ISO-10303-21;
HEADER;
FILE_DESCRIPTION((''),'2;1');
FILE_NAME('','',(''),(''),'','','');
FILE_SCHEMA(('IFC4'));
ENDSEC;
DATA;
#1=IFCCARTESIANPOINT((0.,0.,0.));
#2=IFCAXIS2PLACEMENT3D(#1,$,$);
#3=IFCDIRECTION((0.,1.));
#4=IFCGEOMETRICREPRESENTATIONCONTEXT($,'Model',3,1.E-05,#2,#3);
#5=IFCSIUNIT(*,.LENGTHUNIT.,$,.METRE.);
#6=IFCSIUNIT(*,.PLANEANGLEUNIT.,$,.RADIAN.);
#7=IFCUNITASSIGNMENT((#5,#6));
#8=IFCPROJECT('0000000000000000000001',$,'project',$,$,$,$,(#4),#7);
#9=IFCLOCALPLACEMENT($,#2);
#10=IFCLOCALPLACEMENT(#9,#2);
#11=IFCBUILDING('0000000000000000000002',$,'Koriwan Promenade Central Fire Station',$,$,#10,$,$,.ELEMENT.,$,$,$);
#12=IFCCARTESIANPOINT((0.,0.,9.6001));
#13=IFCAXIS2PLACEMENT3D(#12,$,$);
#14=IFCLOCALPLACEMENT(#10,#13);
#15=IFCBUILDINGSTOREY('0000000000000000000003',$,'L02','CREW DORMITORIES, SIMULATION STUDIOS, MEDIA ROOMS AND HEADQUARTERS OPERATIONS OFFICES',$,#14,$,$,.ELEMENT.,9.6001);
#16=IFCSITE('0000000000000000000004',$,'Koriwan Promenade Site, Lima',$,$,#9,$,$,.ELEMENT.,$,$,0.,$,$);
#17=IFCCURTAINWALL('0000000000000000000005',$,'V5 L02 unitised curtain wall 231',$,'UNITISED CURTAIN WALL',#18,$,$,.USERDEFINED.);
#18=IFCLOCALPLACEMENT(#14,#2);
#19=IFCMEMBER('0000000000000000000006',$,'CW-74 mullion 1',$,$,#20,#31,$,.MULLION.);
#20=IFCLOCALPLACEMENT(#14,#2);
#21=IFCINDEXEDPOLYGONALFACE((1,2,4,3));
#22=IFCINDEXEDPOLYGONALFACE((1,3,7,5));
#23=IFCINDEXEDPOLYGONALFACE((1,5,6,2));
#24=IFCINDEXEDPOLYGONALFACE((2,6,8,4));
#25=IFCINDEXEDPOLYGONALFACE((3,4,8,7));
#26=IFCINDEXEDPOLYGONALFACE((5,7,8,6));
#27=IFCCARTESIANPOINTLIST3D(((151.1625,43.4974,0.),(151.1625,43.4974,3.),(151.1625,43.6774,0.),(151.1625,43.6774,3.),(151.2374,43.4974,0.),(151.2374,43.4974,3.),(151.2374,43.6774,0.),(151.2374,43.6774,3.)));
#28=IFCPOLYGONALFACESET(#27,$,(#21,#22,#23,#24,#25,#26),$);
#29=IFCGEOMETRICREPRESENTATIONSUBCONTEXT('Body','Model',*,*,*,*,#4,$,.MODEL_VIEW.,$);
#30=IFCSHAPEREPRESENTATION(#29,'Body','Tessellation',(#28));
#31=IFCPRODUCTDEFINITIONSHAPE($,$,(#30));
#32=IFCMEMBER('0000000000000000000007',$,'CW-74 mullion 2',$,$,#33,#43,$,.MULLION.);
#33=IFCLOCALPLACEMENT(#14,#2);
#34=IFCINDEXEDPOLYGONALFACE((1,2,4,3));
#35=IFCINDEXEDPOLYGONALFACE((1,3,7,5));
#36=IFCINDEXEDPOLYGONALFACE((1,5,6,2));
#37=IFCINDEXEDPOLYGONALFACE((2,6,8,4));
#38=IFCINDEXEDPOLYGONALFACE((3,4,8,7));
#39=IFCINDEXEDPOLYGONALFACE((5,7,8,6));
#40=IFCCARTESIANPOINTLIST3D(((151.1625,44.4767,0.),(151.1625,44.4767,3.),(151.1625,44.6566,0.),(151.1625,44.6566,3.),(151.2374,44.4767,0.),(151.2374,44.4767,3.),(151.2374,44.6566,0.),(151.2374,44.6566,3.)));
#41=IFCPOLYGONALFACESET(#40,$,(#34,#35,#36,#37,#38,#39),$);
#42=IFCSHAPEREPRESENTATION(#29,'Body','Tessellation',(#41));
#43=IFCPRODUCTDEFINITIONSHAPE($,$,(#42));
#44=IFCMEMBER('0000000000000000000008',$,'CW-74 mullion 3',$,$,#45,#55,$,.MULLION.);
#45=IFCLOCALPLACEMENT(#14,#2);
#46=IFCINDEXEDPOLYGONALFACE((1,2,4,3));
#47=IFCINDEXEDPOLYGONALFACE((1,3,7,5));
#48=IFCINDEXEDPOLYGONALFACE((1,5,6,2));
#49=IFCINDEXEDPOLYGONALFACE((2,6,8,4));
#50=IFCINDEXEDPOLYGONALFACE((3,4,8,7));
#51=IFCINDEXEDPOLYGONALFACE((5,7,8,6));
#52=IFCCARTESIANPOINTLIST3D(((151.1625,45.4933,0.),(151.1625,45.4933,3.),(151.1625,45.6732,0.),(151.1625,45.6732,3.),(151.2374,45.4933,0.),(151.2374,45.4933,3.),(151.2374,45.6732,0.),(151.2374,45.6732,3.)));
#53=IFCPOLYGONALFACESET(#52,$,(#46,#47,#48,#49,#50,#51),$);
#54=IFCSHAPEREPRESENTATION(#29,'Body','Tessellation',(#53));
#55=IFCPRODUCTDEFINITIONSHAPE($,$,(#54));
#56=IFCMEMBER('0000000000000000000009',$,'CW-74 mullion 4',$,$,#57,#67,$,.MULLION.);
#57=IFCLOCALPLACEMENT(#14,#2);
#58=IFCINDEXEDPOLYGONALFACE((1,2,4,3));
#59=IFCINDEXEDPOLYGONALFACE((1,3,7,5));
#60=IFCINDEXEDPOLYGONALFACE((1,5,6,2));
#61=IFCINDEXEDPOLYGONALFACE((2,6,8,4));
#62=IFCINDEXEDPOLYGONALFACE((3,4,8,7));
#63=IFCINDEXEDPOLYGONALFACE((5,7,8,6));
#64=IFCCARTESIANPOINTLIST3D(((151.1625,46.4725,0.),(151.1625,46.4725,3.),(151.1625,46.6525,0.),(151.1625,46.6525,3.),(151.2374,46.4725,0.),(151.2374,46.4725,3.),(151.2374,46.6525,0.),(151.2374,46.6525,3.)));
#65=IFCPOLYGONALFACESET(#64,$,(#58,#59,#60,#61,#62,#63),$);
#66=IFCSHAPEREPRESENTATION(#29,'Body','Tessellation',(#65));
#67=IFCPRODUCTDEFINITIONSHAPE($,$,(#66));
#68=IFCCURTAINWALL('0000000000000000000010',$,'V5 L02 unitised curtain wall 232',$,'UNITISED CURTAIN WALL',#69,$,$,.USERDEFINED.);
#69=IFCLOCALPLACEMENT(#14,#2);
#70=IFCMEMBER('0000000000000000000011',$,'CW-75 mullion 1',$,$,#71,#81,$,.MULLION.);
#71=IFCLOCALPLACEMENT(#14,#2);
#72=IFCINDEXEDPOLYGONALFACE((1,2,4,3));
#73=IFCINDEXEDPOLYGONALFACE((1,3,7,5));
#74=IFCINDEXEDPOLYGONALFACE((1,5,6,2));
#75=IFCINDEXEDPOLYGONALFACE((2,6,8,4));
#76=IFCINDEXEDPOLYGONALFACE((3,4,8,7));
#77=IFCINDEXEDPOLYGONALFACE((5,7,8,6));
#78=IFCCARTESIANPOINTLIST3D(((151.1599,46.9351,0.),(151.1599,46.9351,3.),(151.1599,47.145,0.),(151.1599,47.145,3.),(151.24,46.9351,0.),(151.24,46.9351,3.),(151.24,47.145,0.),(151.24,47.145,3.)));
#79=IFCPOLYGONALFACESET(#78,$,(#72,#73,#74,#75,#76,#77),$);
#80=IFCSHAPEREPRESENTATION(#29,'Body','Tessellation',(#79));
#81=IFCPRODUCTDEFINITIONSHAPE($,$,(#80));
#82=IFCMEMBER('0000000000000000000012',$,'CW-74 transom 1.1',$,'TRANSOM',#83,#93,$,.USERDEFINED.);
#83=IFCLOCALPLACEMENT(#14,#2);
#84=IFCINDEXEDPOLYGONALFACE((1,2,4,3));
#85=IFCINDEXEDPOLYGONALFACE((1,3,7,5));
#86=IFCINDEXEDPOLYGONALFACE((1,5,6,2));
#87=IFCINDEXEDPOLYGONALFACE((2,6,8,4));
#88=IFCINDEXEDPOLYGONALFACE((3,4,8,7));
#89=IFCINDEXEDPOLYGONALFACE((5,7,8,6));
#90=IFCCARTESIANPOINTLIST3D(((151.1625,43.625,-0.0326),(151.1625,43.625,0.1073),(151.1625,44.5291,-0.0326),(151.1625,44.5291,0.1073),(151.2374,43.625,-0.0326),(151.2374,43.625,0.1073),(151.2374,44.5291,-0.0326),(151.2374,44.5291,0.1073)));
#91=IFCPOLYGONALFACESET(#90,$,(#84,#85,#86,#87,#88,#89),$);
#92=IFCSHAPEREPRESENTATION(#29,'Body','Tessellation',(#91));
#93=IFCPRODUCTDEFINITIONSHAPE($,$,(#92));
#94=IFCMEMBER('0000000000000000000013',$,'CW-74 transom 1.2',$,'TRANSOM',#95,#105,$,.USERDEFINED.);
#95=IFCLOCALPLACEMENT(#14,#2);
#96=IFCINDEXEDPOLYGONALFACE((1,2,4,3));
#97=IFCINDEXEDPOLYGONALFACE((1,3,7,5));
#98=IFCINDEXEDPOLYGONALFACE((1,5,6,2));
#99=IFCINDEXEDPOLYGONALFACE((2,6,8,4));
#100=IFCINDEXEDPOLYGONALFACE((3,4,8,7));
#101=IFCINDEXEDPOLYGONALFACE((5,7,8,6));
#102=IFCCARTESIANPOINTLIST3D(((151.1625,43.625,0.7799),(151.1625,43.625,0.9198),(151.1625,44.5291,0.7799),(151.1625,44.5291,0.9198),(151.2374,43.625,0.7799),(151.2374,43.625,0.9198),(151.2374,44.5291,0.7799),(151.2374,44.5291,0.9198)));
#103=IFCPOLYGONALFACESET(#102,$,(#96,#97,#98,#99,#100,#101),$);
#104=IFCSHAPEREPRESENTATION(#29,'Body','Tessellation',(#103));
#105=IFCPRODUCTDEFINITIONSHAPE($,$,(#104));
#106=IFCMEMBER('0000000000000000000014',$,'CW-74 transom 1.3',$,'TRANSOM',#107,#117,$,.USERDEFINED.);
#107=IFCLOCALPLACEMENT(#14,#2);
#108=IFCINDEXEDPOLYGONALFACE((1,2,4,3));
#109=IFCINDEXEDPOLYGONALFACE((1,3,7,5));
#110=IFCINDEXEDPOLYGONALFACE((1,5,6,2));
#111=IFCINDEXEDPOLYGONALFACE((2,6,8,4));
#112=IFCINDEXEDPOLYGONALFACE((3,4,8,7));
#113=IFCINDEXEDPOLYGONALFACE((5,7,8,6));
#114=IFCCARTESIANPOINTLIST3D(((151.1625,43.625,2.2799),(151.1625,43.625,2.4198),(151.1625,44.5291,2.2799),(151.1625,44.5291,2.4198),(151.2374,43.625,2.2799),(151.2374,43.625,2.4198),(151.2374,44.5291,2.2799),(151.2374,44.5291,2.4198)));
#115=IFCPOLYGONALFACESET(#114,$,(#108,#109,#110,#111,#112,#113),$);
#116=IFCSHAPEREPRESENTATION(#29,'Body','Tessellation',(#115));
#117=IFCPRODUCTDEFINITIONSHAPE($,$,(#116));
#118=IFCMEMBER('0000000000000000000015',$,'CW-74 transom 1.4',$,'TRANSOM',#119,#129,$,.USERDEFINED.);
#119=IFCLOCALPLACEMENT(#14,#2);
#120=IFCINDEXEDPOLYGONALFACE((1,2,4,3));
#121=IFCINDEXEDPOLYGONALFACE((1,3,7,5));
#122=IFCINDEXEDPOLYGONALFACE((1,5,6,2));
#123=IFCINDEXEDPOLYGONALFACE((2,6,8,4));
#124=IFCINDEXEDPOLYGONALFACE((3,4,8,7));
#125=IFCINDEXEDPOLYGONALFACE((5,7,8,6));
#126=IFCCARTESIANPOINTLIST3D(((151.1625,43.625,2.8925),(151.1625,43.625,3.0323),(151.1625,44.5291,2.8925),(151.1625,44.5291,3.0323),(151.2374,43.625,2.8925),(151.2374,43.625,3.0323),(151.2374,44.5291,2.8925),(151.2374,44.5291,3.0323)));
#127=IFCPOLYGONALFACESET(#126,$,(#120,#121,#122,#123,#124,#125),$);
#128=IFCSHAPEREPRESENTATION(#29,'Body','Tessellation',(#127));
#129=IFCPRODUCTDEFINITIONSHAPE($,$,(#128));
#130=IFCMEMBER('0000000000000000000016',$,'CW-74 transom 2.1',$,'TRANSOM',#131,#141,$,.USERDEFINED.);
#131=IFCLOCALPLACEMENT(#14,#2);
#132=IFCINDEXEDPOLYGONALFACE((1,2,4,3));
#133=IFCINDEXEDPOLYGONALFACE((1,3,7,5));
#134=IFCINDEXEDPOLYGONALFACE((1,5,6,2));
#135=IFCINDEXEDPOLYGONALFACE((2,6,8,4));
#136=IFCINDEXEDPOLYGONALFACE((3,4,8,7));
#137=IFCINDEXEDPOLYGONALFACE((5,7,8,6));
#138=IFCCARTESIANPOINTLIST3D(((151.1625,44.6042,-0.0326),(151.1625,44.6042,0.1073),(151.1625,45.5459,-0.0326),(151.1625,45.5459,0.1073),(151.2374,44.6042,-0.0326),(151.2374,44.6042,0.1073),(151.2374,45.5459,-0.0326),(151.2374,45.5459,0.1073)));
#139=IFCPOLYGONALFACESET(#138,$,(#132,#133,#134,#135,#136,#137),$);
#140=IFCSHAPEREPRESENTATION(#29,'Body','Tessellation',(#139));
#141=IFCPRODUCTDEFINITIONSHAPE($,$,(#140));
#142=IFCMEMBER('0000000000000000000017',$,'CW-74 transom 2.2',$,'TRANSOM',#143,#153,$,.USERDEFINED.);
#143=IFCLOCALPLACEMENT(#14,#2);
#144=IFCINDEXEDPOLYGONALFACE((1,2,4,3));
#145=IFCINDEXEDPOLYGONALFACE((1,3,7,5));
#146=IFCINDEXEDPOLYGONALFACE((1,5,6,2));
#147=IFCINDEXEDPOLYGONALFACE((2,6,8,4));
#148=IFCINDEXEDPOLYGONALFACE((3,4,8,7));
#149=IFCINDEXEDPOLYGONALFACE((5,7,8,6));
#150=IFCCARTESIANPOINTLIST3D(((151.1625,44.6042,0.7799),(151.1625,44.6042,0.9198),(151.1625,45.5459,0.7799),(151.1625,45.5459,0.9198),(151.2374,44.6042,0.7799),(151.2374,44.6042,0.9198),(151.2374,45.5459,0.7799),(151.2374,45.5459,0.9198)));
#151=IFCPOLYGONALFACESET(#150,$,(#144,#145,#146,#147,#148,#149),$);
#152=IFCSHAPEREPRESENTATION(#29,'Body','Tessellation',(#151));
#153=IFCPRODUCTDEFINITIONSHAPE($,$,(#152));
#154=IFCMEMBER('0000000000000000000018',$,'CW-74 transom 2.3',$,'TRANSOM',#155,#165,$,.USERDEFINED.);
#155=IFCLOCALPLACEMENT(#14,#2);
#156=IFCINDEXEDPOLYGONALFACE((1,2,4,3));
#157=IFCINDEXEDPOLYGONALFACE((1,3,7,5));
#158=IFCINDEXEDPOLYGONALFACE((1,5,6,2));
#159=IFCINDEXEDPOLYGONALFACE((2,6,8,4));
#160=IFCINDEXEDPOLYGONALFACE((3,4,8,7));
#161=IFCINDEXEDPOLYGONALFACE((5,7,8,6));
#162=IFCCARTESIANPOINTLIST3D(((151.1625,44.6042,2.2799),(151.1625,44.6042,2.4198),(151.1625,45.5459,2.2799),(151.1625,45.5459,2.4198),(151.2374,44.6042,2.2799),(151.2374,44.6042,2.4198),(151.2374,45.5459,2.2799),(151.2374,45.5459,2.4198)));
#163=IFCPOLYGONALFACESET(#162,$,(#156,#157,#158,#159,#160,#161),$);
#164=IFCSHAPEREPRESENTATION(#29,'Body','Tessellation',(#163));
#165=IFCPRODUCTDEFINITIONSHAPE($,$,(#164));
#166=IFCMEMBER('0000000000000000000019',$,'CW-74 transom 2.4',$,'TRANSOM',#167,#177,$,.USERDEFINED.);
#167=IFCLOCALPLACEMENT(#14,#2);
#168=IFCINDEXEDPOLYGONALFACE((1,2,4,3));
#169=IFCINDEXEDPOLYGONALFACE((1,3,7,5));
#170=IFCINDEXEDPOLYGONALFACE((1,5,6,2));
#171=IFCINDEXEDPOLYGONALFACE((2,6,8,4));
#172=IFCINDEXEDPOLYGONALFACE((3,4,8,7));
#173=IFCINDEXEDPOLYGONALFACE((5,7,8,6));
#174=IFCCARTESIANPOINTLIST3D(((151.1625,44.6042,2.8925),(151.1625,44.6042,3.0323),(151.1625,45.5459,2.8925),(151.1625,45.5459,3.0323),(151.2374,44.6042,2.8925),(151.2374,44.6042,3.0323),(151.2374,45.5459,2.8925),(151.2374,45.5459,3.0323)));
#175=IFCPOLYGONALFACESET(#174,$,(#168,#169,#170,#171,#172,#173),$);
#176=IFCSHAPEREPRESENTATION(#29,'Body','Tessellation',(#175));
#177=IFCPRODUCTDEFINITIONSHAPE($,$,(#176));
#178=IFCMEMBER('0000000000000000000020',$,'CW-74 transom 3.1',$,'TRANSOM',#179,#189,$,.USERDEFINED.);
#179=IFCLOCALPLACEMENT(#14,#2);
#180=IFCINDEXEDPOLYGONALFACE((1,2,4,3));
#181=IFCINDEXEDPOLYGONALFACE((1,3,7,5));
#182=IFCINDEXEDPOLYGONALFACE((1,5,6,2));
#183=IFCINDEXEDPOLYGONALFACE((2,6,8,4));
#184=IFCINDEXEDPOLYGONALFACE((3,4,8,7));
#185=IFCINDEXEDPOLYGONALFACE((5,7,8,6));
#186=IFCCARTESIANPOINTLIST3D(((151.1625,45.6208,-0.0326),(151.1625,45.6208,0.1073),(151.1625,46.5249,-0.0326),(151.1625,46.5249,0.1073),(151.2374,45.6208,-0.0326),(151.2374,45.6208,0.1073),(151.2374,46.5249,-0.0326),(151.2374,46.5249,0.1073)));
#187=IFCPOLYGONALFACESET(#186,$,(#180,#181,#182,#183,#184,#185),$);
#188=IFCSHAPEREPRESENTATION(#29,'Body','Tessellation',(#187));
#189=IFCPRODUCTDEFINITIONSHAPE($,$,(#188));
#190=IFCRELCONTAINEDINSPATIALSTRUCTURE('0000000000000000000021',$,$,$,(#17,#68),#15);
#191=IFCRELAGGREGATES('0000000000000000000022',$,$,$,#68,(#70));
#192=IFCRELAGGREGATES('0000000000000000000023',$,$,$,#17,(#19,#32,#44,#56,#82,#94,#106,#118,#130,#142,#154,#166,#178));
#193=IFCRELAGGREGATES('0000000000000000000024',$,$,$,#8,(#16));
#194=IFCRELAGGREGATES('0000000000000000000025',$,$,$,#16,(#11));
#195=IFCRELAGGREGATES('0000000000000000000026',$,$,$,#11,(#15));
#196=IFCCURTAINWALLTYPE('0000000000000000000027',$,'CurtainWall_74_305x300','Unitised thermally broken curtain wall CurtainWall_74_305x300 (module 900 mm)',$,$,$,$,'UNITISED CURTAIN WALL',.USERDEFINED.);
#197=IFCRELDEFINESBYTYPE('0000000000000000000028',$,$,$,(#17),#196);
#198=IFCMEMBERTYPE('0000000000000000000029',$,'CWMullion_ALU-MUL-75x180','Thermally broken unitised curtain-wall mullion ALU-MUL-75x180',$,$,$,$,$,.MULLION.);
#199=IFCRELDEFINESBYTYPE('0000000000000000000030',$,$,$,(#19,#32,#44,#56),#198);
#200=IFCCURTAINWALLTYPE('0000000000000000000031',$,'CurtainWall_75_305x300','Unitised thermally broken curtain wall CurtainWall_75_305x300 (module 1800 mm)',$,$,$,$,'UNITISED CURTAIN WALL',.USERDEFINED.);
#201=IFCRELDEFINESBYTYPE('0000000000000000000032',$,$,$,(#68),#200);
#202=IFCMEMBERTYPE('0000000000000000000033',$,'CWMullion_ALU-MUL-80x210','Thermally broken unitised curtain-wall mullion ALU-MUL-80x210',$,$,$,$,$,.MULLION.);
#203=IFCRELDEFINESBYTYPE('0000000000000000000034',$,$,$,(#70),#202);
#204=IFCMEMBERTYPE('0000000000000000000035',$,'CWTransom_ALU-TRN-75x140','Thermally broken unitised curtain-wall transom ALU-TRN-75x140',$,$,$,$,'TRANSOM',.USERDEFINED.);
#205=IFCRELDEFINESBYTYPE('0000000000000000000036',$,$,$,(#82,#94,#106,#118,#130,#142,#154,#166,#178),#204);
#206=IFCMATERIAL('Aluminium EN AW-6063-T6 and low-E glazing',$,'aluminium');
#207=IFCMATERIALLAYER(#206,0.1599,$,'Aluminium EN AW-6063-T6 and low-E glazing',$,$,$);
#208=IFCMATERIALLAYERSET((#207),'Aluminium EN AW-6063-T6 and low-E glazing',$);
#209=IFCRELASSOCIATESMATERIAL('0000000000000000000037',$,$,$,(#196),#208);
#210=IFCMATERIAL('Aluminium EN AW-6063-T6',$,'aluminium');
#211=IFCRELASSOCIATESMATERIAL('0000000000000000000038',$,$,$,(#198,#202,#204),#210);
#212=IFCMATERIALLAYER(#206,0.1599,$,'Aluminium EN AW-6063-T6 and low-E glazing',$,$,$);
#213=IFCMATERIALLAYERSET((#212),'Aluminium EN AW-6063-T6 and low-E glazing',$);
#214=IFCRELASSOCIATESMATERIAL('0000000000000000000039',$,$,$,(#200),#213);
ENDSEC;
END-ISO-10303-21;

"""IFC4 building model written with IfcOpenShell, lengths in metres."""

from ifc_helpers import new_model, si_unit, direction, frame, origin, origin_2d, place, context, subcontext, project, spatial, rectangle, extrude, material, layer, layer_set, material_profile, profile_set, type_object, element, aggregate, save


model = new_model("IFC4")

# Units and contexts
model_context = context("Model", 3, precision=1e-05, world=origin(), true_north=direction((0.0, 1.0)))
body_context = subcontext(model_context, "Body", "Model", "MODEL_VIEW")
ifc_project = project(units=[si_unit("LENGTHUNIT", "METRE"), si_unit("PLANEANGLEUNIT", "RADIAN")], contexts=[model_context])

# Site, building, storey
site_placement = place(None, origin())
site = spatial("IfcSite", under=ifc_project, at=site_placement, Name="Koriwan Promenade Site, Lima", CompositionType="ELEMENT", RefElevation=0.0)
building_placement = place(site_placement, origin())
building = spatial("IfcBuilding", under=site, at=building_placement, Name="Koriwan Promenade Central Fire Station", CompositionType="ELEMENT")
storey_placement = place(building_placement, frame((0.0, 0.0, 9.6001)))
storey = spatial("IfcBuildingStorey", under=building, at=storey_placement, Name="L02", Description="CREW DORMITORIES, SIMULATION STUDIOS, MEDIA ROOMS AND HEADQUARTERS OPERATIONS OFFICES", CompositionType="ELEMENT", Elevation=9.6001)

# Curtain wall, members
ifc_material_1 = material(Name="Aluminium EN AW-6063-T6 and low-E glazing", Category="aluminium")
ifc_layer_1 = layer(ifc_material_1, 0.1599, Name="Aluminium EN AW-6063-T6 and low-E glazing")
ifc_layer_set_1 = layer_set([ifc_layer_1], Name="Aluminium EN AW-6063-T6 and low-E glazing")
curtain_wall_type_1 = type_object("IfcCurtainWallType", Name="CurtainWall_74_305x300", Description="Unitised thermally broken curtain wall CurtainWall_74_305x300 (module 900 mm)", ElementType="UNITISED CURTAIN WALL", PredefinedType="USERDEFINED", material=ifc_layer_set_1)
curtain_wall_1_placement = place(storey_placement, origin())
curtain_wall_1 = element("IfcCurtainWall", 1, at=curtain_wall_1_placement, inside=storey, type_object=curtain_wall_type_1, Name="V5 L02 unitised curtain wall 231", ObjectType="UNITISED CURTAIN WALL", PredefinedType="USERDEFINED")
ifc_material_2 = material(Name="Aluminium EN AW-6063-T6", Category="aluminium")
ifc_material_profile_1 = material_profile(ifc_material_2, rectangle(XDim=0.075, YDim=0.1799, at=origin_2d()), Name="ALU-MUL-75x180")
ifc_profile_set_1 = profile_set([ifc_material_profile_1], Name="Aluminium EN AW-6063-T6")
member_type_1 = type_object("IfcMemberType", Name="CWMullion_ALU-MUL-75x180", Description="Thermally broken unitised curtain-wall mullion ALU-MUL-75x180", PredefinedType="MULLION", material=ifc_profile_set_1)
member_1_placement = place(storey_placement, frame((151.2, 43.5874, 0.0), z_axis=(0.0, 0.0, 1.0), x_axis=(-1.0, 0.0, 0.0)))
member_1 = element("IfcMember", 2, at=member_1_placement, type_object=member_type_1, Name="CW-74 mullion 1", PredefinedType="MULLION", context=body_context, shape_type="SweptSolid", body=[
    extrude(rectangle(XDim=0.075, YDim=0.1799, at=origin_2d()), origin(), (0.0, 0.0, 1.0), 3.0),
])
member_2_placement = place(storey_placement, frame((151.2, 44.5667, 0.0), z_axis=(0.0, 0.0, 1.0), x_axis=(-1.0, 0.0, 0.0)))
member_2 = element("IfcMember", 3, at=member_2_placement, type_object=member_type_1, Name="CW-74 mullion 2", PredefinedType="MULLION", context=body_context, shape_type="SweptSolid", body=[
    extrude(rectangle(XDim=0.075, YDim=0.1799, at=origin_2d()), origin(), (0.0, 0.0, 1.0), 3.0),
])
member_3_placement = place(storey_placement, frame((151.2, 45.5833, 0.0), z_axis=(0.0, 0.0, 1.0), x_axis=(-1.0, 0.0, 0.0)))
member_3 = element("IfcMember", 4, at=member_3_placement, type_object=member_type_1, Name="CW-74 mullion 3", PredefinedType="MULLION", context=body_context, shape_type="SweptSolid", body=[
    extrude(rectangle(XDim=0.075, YDim=0.1799, at=origin_2d()), origin(), (0.0, 0.0, 1.0), 3.0),
])
member_4_placement = place(storey_placement, frame((151.2, 46.5625, 0.0), z_axis=(0.0, 0.0, 1.0), x_axis=(-1.0, 0.0, 0.0)))
member_4 = element("IfcMember", 5, at=member_4_placement, type_object=member_type_1, Name="CW-74 mullion 4", PredefinedType="MULLION", context=body_context, shape_type="SweptSolid", body=[
    extrude(rectangle(XDim=0.075, YDim=0.1799, at=origin_2d()), origin(), (0.0, 0.0, 1.0), 3.0),
])

# Curtain wall, member
ifc_layer_2 = layer(ifc_material_1, 0.1599, Name="Aluminium EN AW-6063-T6 and low-E glazing")
ifc_layer_set_2 = layer_set([ifc_layer_2], Name="Aluminium EN AW-6063-T6 and low-E glazing")
curtain_wall_type_2 = type_object("IfcCurtainWallType", Name="CurtainWall_75_305x300", Description="Unitised thermally broken curtain wall CurtainWall_75_305x300 (module 1800 mm)", ElementType="UNITISED CURTAIN WALL", PredefinedType="USERDEFINED", material=ifc_layer_set_2)
curtain_wall_2_placement = place(storey_placement, origin())
curtain_wall_2 = element("IfcCurtainWall", 6, at=curtain_wall_2_placement, inside=storey, type_object=curtain_wall_type_2, Name="V5 L02 unitised curtain wall 232", ObjectType="UNITISED CURTAIN WALL", PredefinedType="USERDEFINED")
ifc_material_profile_2 = material_profile(ifc_material_2, rectangle(XDim=0.0801, YDim=0.21, at=origin_2d()), Name="ALU-MUL-80x210")
ifc_profile_set_2 = profile_set([ifc_material_profile_2], Name="Aluminium EN AW-6063-T6")
member_type_2 = type_object("IfcMemberType", Name="CWMullion_ALU-MUL-80x210", Description="Thermally broken unitised curtain-wall mullion ALU-MUL-80x210", PredefinedType="MULLION", material=ifc_profile_set_2)
member_5_placement = place(storey_placement, frame((151.2, 47.04, 0.0), z_axis=(0.0, 0.0, 1.0), x_axis=(-1.0, 0.0, 0.0)))
member_5 = element("IfcMember", 7, at=member_5_placement, type_object=member_type_2, Name="CW-75 mullion 1", PredefinedType="MULLION", context=body_context, shape_type="SweptSolid", body=[
    extrude(rectangle(XDim=0.0801, YDim=0.21, at=origin_2d()), origin(), (0.0, 0.0, 1.0), 3.0),
])

# Members
ifc_material_profile_3 = material_profile(ifc_material_2, rectangle(XDim=0.075, YDim=0.1399, at=origin_2d()), Name="ALU-TRN-75x140")
ifc_profile_set_3 = profile_set([ifc_material_profile_3], Name="Aluminium EN AW-6063-T6")
member_type_3 = type_object("IfcMemberType", Name="CWTransom_ALU-TRN-75x140", Description="Thermally broken unitised curtain-wall transom ALU-TRN-75x140", ElementType="TRANSOM", PredefinedType="USERDEFINED", material=ifc_profile_set_3)
member_6_placement = place(storey_placement, frame((151.2, 43.625, 0.0374), z_axis=(0.0, 1.0, 0.0), x_axis=(-1.0, 0.0, 0.0)))
member_6 = element("IfcMember", 8, at=member_6_placement, type_object=member_type_3, Name="CW-74 transom 1.1", ObjectType="TRANSOM", PredefinedType="USERDEFINED", context=body_context, shape_type="SweptSolid", body=[
    extrude(rectangle(XDim=0.075, YDim=0.1399, at=origin_2d()), origin(), (0.0, 0.0, 1.0), 0.9041),
])
member_7_placement = place(storey_placement, frame((151.2, 43.625, 0.8499), z_axis=(0.0, 1.0, 0.0), x_axis=(-1.0, 0.0, 0.0)))
member_7 = element("IfcMember", 9, at=member_7_placement, type_object=member_type_3, Name="CW-74 transom 1.2", ObjectType="TRANSOM", PredefinedType="USERDEFINED", context=body_context, shape_type="SweptSolid", body=[
    extrude(rectangle(XDim=0.075, YDim=0.1399, at=origin_2d()), origin(), (0.0, 0.0, 1.0), 0.9041),
])
member_8_placement = place(storey_placement, frame((151.2, 43.625, 2.3499), z_axis=(0.0, 1.0, 0.0), x_axis=(-1.0, 0.0, 0.0)))
member_8 = element("IfcMember", 10, at=member_8_placement, type_object=member_type_3, Name="CW-74 transom 1.3", ObjectType="TRANSOM", PredefinedType="USERDEFINED", context=body_context, shape_type="SweptSolid", body=[
    extrude(rectangle(XDim=0.075, YDim=0.1399, at=origin_2d()), origin(), (0.0, 0.0, 1.0), 0.9041),
])
member_9_placement = place(storey_placement, frame((151.2, 43.625, 2.9624), z_axis=(0.0, 1.0, 0.0), x_axis=(-1.0, 0.0, 0.0)))
member_9 = element("IfcMember", 11, at=member_9_placement, type_object=member_type_3, Name="CW-74 transom 1.4", ObjectType="TRANSOM", PredefinedType="USERDEFINED", context=body_context, shape_type="SweptSolid", body=[
    extrude(rectangle(XDim=0.075, YDim=0.1399, at=origin_2d()), origin(), (0.0, 0.0, 1.0), 0.9041),
])
member_10_placement = place(storey_placement, frame((151.2, 44.6042, 0.0374), z_axis=(0.0, 1.0, 0.0), x_axis=(-1.0, 0.0, 0.0)))
member_10 = element("IfcMember", 12, at=member_10_placement, type_object=member_type_3, Name="CW-74 transom 2.1", ObjectType="TRANSOM", PredefinedType="USERDEFINED", context=body_context, shape_type="SweptSolid", body=[
    extrude(rectangle(XDim=0.075, YDim=0.1399, at=origin_2d()), origin(), (0.0, 0.0, 1.0), 0.9417),
])
member_11_placement = place(storey_placement, frame((151.2, 44.6042, 0.8499), z_axis=(0.0, 1.0, 0.0), x_axis=(-1.0, 0.0, 0.0)))
member_11 = element("IfcMember", 13, at=member_11_placement, type_object=member_type_3, Name="CW-74 transom 2.2", ObjectType="TRANSOM", PredefinedType="USERDEFINED", context=body_context, shape_type="SweptSolid", body=[
    extrude(rectangle(XDim=0.075, YDim=0.1399, at=origin_2d()), origin(), (0.0, 0.0, 1.0), 0.9417),
])
member_12_placement = place(storey_placement, frame((151.2, 44.6042, 2.3499), z_axis=(0.0, 1.0, 0.0), x_axis=(-1.0, 0.0, 0.0)))
member_12 = element("IfcMember", 14, at=member_12_placement, type_object=member_type_3, Name="CW-74 transom 2.3", ObjectType="TRANSOM", PredefinedType="USERDEFINED", context=body_context, shape_type="SweptSolid", body=[
    extrude(rectangle(XDim=0.075, YDim=0.1399, at=origin_2d()), origin(), (0.0, 0.0, 1.0), 0.9417),
])
member_13_placement = place(storey_placement, frame((151.2, 44.6042, 2.9624), z_axis=(0.0, 1.0, 0.0), x_axis=(-1.0, 0.0, 0.0)))
member_13 = element("IfcMember", 15, at=member_13_placement, type_object=member_type_3, Name="CW-74 transom 2.4", ObjectType="TRANSOM", PredefinedType="USERDEFINED", context=body_context, shape_type="SweptSolid", body=[
    extrude(rectangle(XDim=0.075, YDim=0.1399, at=origin_2d()), origin(), (0.0, 0.0, 1.0), 0.9417),
])
member_14_placement = place(storey_placement, frame((151.2, 45.6208, 0.0374), z_axis=(0.0, 1.0, 0.0), x_axis=(-1.0, 0.0, 0.0)))
member_14 = element("IfcMember", 16, at=member_14_placement, type_object=member_type_3, Name="CW-74 transom 3.1", ObjectType="TRANSOM", PredefinedType="USERDEFINED", context=body_context, shape_type="SweptSolid", body=[
    extrude(rectangle(XDim=0.075, YDim=0.1399, at=origin_2d()), origin(), (0.0, 0.0, 1.0), 0.9041),
])
aggregate(curtain_wall_2, [member_5])

aggregate(curtain_wall_1, [member_1, member_2, member_3, member_4, member_6, member_7, member_8, member_9, member_10, member_11, member_12, member_13, member_14])

save(model, "model.ifc")
